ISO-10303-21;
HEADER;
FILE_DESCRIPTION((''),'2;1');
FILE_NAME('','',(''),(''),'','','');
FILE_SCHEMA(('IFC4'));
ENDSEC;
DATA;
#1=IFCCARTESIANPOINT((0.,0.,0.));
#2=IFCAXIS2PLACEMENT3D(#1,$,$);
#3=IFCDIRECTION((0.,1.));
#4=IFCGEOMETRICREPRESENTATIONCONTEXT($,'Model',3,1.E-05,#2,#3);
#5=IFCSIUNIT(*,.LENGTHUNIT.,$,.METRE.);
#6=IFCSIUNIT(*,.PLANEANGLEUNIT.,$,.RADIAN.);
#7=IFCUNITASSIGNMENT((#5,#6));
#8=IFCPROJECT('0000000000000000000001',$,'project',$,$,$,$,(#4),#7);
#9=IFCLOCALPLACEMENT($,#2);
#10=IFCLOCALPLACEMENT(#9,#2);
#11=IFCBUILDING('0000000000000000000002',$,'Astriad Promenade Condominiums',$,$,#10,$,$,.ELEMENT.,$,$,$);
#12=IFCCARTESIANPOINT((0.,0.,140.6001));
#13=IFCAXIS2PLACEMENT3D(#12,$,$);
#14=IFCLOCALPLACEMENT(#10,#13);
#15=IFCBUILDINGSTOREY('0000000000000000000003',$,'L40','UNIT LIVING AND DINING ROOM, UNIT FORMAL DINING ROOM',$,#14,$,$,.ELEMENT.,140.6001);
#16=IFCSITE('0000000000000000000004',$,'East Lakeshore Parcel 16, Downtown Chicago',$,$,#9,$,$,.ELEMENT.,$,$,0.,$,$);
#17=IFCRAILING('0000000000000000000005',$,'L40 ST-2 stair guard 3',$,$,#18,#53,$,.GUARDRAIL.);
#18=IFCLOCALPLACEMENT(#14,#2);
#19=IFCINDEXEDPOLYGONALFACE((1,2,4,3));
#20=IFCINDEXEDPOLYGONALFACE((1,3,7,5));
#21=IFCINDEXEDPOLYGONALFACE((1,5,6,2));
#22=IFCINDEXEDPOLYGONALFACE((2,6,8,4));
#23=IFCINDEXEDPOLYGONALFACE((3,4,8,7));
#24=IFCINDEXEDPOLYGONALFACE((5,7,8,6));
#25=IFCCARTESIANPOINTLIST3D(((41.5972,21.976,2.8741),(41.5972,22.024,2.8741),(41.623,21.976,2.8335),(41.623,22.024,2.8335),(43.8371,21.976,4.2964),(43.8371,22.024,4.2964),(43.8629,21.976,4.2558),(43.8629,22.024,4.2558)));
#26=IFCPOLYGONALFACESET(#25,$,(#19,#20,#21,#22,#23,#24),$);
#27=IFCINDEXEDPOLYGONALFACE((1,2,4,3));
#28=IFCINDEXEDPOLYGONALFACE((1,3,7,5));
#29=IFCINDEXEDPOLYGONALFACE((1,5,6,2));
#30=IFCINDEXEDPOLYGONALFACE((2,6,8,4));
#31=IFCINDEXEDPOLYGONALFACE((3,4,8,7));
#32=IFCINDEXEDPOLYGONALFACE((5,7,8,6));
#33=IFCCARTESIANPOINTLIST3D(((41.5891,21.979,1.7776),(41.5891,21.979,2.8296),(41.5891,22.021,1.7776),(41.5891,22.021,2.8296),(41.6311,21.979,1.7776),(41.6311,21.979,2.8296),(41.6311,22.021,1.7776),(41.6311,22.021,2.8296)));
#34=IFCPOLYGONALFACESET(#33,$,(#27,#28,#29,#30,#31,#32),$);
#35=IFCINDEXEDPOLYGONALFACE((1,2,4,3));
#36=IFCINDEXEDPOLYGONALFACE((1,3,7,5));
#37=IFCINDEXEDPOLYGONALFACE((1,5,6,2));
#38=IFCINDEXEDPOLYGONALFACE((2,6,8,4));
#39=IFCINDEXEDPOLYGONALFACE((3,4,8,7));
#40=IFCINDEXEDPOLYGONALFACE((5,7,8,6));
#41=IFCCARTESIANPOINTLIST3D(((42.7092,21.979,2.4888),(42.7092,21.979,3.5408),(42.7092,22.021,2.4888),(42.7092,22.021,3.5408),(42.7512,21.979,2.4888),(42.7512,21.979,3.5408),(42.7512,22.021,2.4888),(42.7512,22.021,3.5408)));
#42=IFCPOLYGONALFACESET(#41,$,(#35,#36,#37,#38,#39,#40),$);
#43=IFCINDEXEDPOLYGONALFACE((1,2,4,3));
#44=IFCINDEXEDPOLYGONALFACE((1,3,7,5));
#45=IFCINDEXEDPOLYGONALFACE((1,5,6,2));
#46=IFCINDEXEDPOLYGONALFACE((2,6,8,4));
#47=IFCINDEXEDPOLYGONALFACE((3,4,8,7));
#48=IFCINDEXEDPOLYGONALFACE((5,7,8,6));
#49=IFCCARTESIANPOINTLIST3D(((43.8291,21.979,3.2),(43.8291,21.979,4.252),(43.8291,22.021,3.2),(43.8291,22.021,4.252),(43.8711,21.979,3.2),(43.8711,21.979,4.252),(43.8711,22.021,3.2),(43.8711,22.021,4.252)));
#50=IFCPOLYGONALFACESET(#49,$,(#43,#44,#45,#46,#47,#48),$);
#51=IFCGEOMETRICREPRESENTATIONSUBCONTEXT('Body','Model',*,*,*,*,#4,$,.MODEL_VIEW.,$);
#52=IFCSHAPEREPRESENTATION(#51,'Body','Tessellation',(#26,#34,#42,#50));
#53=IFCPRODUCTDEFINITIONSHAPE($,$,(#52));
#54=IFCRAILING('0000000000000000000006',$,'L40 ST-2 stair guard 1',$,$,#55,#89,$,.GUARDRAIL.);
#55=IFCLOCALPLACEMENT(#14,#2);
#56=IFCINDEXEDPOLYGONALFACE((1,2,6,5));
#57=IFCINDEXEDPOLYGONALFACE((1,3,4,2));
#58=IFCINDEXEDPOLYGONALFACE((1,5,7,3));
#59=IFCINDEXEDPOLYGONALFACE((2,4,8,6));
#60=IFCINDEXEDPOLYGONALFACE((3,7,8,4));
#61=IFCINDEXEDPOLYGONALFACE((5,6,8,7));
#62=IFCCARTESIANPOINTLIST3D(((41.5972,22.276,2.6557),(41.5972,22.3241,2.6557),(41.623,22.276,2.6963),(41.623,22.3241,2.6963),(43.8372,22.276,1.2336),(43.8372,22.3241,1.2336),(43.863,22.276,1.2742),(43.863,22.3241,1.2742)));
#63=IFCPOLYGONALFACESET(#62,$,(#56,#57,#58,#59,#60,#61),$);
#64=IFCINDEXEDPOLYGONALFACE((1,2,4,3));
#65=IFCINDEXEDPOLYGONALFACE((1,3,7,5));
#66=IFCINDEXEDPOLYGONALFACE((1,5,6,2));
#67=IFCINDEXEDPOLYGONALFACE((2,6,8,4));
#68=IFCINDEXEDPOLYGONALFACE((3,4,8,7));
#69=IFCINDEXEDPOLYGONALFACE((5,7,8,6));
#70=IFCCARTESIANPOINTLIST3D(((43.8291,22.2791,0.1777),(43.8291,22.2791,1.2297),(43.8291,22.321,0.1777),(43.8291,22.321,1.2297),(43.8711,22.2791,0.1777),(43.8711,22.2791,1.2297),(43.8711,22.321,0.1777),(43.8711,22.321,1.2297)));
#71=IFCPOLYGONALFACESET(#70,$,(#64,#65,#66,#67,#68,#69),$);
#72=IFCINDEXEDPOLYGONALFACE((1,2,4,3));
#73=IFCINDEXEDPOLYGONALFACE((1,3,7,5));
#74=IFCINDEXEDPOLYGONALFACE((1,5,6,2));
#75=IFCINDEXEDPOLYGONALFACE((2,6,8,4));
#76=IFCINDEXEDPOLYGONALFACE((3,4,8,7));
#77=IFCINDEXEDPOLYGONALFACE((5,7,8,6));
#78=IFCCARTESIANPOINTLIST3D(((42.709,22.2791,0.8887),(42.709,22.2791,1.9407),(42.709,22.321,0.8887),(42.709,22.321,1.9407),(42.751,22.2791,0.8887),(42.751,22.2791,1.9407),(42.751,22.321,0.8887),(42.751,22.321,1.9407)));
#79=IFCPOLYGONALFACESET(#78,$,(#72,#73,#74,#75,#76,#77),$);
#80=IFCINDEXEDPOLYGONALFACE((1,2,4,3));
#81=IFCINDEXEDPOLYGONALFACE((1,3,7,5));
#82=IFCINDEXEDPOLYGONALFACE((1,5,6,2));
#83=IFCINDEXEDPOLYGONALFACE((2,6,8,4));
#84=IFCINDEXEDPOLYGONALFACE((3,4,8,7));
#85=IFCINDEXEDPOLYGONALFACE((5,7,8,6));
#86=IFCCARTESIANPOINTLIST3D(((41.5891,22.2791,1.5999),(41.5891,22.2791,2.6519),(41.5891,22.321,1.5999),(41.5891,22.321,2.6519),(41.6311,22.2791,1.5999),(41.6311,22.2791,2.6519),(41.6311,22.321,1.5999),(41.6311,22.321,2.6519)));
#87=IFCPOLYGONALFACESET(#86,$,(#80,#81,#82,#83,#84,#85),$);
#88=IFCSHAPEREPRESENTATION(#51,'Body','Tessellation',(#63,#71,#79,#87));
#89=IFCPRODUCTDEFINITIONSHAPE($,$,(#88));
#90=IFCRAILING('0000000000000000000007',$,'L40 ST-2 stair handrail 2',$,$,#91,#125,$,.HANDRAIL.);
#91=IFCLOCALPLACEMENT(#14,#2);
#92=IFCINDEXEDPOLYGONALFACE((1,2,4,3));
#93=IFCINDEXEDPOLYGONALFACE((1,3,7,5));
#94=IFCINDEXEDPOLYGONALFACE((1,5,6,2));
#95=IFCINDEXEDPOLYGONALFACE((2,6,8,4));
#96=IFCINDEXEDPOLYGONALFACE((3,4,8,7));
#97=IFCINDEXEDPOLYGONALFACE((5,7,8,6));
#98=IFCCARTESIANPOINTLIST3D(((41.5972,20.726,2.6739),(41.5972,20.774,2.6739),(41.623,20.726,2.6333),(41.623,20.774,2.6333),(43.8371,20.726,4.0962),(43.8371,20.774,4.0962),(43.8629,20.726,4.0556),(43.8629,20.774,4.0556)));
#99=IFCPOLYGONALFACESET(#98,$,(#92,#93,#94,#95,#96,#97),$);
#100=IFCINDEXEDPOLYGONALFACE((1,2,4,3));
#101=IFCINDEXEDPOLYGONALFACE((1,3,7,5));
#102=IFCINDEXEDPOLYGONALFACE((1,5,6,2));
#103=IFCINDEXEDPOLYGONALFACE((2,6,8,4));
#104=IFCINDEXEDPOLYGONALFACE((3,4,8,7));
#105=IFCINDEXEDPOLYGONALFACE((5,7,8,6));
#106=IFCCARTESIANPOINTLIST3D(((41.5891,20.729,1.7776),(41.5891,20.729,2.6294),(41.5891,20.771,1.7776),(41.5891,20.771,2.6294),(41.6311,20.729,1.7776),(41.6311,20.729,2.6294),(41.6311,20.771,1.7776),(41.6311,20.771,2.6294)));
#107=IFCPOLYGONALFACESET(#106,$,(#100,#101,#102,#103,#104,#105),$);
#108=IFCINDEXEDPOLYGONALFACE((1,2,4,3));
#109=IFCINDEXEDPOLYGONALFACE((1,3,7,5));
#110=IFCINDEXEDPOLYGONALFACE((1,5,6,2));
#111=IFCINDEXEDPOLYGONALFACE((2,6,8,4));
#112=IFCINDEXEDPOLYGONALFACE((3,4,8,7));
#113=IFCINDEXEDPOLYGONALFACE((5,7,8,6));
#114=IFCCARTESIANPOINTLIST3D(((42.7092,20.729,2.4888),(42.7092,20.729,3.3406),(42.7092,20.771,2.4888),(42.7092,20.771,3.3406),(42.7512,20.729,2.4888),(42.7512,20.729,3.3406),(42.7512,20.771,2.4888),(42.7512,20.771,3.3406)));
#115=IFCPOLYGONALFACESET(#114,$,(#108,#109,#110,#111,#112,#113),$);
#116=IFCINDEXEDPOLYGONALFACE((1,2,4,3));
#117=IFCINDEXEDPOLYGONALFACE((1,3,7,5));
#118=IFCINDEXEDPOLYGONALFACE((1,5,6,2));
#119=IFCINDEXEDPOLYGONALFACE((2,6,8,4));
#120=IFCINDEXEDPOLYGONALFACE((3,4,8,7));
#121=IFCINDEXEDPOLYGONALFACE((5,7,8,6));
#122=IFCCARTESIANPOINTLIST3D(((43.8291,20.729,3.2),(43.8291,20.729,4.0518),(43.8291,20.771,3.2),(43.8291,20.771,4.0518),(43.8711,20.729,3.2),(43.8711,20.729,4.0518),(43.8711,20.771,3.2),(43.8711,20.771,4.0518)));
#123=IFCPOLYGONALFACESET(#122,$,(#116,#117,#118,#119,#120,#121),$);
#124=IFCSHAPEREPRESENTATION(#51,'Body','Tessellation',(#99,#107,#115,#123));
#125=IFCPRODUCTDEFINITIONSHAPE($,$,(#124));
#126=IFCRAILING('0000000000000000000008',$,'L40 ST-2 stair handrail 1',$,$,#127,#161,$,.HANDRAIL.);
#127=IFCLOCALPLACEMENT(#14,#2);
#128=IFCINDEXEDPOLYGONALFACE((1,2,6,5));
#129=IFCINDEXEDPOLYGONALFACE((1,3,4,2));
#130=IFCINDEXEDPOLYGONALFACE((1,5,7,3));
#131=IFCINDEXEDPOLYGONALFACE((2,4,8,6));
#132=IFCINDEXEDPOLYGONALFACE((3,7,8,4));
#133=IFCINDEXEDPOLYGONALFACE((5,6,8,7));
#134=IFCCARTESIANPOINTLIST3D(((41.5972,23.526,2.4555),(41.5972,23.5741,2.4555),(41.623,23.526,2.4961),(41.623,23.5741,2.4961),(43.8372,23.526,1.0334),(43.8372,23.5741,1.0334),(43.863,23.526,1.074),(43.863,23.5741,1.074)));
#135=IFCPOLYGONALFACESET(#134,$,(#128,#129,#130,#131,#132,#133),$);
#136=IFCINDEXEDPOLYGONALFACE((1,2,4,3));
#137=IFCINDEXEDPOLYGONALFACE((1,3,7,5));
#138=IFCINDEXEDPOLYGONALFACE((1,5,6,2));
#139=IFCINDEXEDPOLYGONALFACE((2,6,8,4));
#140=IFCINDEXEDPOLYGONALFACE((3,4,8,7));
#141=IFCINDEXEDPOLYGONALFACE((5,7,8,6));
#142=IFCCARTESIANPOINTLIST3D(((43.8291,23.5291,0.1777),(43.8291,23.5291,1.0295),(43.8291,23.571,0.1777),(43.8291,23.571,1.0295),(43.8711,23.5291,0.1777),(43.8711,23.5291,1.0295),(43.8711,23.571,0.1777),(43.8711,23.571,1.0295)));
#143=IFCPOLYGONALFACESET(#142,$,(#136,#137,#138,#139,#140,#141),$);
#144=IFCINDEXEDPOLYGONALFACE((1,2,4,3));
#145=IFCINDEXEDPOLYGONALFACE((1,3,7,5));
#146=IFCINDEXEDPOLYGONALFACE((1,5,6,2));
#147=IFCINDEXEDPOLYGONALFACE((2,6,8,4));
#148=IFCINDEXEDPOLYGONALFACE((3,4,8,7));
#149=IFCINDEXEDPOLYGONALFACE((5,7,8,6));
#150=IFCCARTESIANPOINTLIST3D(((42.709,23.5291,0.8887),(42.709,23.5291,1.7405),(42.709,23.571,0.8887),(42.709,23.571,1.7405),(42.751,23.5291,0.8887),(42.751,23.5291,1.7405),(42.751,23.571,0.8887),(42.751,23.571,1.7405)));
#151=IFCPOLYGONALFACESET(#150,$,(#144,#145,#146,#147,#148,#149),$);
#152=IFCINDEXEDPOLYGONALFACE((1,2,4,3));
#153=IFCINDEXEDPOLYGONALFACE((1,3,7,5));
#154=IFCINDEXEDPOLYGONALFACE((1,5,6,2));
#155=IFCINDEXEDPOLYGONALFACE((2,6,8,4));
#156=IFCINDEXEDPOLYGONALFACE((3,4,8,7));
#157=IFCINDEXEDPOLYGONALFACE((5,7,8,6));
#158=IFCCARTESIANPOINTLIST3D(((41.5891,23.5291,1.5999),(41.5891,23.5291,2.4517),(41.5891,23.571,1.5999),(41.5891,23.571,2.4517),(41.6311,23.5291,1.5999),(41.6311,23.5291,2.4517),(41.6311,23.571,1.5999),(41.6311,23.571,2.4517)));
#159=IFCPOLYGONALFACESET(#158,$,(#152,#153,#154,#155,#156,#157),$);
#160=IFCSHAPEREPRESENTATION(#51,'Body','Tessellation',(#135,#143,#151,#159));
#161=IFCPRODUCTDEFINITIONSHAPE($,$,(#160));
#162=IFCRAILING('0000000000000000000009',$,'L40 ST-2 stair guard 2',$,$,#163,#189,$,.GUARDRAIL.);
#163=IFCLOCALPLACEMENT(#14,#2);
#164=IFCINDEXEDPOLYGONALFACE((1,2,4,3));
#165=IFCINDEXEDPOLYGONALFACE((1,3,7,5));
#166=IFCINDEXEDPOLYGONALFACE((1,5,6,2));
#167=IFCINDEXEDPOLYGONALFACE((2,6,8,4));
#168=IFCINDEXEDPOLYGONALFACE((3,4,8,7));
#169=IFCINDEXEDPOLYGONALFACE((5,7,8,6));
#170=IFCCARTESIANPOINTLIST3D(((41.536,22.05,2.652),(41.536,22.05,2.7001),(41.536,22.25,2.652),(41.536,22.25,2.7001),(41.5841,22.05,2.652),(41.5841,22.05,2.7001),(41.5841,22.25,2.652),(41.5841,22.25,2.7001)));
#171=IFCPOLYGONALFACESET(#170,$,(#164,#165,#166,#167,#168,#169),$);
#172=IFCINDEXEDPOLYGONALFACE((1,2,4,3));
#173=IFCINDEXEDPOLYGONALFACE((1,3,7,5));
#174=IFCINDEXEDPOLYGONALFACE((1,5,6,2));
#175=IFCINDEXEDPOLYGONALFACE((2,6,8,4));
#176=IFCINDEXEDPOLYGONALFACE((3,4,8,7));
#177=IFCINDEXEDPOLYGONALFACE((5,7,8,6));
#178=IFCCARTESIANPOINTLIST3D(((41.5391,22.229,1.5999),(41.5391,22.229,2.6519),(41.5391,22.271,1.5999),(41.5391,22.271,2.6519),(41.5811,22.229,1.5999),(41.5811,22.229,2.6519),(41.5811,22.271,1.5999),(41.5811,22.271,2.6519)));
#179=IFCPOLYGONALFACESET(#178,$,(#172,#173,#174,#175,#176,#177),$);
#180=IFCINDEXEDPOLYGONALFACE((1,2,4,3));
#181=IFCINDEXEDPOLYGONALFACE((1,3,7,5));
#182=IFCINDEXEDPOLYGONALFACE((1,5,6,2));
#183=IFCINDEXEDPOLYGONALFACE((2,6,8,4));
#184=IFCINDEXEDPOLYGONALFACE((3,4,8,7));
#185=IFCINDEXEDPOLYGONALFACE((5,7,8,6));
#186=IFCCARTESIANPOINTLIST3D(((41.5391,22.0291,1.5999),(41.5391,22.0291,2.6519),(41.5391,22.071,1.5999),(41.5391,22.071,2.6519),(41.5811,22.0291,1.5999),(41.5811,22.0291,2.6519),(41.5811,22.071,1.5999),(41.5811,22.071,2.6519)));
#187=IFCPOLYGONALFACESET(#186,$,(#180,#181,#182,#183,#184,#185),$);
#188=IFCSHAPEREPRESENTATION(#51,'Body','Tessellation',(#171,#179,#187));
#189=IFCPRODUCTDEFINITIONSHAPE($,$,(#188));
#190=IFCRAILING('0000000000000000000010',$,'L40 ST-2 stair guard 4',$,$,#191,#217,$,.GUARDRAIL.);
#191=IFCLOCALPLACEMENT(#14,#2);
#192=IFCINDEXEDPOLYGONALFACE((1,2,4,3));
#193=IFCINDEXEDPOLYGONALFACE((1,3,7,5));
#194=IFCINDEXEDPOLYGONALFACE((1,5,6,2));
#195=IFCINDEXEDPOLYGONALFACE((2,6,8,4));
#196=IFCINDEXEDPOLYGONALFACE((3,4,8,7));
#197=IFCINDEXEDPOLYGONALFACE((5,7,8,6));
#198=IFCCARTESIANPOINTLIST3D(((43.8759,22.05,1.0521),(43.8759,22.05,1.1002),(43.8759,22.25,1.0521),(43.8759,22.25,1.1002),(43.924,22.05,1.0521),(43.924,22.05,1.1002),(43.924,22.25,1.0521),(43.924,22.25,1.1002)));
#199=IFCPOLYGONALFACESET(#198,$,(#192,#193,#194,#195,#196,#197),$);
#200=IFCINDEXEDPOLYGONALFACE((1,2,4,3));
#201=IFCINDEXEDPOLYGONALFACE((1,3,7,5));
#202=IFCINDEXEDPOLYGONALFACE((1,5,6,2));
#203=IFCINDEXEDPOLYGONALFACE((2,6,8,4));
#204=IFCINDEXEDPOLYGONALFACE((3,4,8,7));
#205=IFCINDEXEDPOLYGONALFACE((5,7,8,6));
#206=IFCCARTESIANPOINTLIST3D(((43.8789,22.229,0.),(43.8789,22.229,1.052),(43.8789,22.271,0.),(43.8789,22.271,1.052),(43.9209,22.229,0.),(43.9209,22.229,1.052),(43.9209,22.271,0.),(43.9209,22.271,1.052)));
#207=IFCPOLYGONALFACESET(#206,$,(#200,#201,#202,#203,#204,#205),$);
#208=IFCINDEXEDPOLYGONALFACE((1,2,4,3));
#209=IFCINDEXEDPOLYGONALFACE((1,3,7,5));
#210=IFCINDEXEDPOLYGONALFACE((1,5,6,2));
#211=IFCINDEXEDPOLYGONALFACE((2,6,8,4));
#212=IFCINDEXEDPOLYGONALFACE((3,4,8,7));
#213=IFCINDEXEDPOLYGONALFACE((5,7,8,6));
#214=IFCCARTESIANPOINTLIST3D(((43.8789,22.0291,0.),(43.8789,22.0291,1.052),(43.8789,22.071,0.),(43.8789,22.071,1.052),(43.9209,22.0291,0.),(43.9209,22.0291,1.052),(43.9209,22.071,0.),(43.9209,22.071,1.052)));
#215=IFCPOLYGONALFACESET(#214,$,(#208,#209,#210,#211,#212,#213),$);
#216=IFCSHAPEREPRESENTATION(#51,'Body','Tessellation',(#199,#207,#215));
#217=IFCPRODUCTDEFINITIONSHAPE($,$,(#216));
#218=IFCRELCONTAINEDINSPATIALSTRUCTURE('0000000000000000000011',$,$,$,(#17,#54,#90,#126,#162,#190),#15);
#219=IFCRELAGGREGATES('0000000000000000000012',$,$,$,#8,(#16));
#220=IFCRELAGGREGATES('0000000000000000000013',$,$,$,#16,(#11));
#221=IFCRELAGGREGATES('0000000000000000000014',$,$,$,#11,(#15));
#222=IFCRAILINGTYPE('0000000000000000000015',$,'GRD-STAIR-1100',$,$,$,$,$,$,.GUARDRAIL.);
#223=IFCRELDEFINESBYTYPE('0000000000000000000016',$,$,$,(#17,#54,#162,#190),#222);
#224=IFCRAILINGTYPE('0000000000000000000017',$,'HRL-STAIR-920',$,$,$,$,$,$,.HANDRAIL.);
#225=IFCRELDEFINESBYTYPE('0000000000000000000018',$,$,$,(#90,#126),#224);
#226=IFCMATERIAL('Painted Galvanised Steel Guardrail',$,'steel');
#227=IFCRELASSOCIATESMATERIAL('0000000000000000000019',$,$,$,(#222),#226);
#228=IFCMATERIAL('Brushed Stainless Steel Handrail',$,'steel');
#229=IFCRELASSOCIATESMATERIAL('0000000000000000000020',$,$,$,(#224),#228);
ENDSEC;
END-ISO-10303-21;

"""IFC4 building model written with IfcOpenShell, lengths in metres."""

from ifc_helpers import new_model, si_unit, direction, frame, origin, origin_2d, place, context, subcontext, project, spatial, rectangle, extrude, source, transform, mapped, material, type_object, type_shapes, element, save


model = new_model("IFC4")

# Units and contexts
model_context = context("Model", 3, precision=1e-05, world=origin(), true_north=direction((0.0, 1.0)))
body_context = subcontext(model_context, "Body", "Model", "MODEL_VIEW")
ifc_project = project(units=[si_unit("LENGTHUNIT", "METRE"), si_unit("PLANEANGLEUNIT", "RADIAN")], contexts=[model_context])

# Site, building, storey
site_placement = place(None, origin())
site = spatial("IfcSite", under=ifc_project, at=site_placement, Name="East Lakeshore Parcel 16, Downtown Chicago", CompositionType="ELEMENT", RefElevation=0.0)
building_placement = place(site_placement, origin())
building = spatial("IfcBuilding", under=site, at=building_placement, Name="Astriad Promenade Condominiums", CompositionType="ELEMENT")
storey_placement = place(building_placement, frame((0.0, 0.0, 140.6001)))
storey = spatial("IfcBuildingStorey", under=building, at=storey_placement, Name="L40", Description="UNIT LIVING AND DINING ROOM, UNIT FORMAL DINING ROOM", CompositionType="ELEMENT", Elevation=140.6001)

# Railings
ifc_material_1 = material(Name="Painted Galvanised Steel Guardrail", Category="steel")
railing_type_1 = type_object("IfcRailingType", Name="GRD-STAIR-1100", PredefinedType="GUARDRAIL", material=ifc_material_1)
shared_shape_1 = source(origin(), body_context, "Body", "SweptSolid", [
    extrude(rectangle(XDim=0.0481, YDim=0.0481, at=origin_2d()), frame((0.0, 0.0, 1.0762), z_axis=(0.844188, 0.0, 0.536048), x_axis=(0.0, 1.0, 0.0)), (0.0, 0.0, 1.0), 2.6533),
    extrude(rectangle(XDim=0.042, YDim=0.042, at=origin_2d()), origin(), (0.0, 0.0, 1.0), 1.052),
    extrude(rectangle(XDim=0.042, YDim=0.042, at=origin_2d()), frame((1.1201, 0.0, 0.7112)), (0.0, 0.0, 1.0), 1.052),
    extrude(rectangle(XDim=0.042, YDim=0.042, at=origin_2d()), frame((2.24, 0.0, 1.4224)), (0.0, 0.0, 1.0), 1.052),
])
railing_1_placement = place(storey_placement, frame((41.6101, 22.0, 1.7776)))
element("IfcRailing", 1, at=railing_1_placement, inside=storey, type_object=railing_type_1, Name="L40 ST-2 stair guard 3", PredefinedType="GUARDRAIL", context=body_context, shape_type="MappedRepresentation", body=[
    mapped(shared_shape_1, transform((0.0, 0.0, 0.0), scale=1.0)),
])
shared_shape_2 = source(origin(), body_context, "Body", "SweptSolid", [
    extrude(rectangle(XDim=0.0481, YDim=0.0481, at=origin_2d()), frame((0.0, 0.0, 1.0762), z_axis=(-0.844229, 0.0, 0.535982), x_axis=(0.0, -1.0, 0.0)), (0.0, 0.0, 1.0), 2.6533),
    extrude(rectangle(XDim=0.042, YDim=0.042, at=origin_2d()), origin(), (0.0, 0.0, 1.0), 1.052),
    extrude(rectangle(XDim=0.042, YDim=0.042, at=origin_2d()), frame((-1.1201, 0.0, 0.7109)), (0.0, 0.0, 1.0), 1.052),
    extrude(rectangle(XDim=0.042, YDim=0.042, at=origin_2d()), frame((-2.24, 0.0, 1.4221)), (0.0, 0.0, 1.0), 1.052),
])
railing_2_placement = place(storey_placement, frame((43.8501, 22.3, 0.1777)))
element("IfcRailing", 2, at=railing_2_placement, inside=storey, type_object=railing_type_1, Name="L40 ST-2 stair guard 1", PredefinedType="GUARDRAIL", context=body_context, shape_type="MappedRepresentation", body=[
    mapped(shared_shape_2, transform((0.0, 0.0, 0.0), scale=1.0)),
])
ifc_material_2 = material(Name="Brushed Stainless Steel Handrail", Category="steel")
railing_type_2 = type_object("IfcRailingType", Name="HRL-STAIR-920", PredefinedType="HANDRAIL", material=ifc_material_2)
shared_shape_3 = source(origin(), body_context, "Body", "SweptSolid", [
    extrude(rectangle(XDim=0.0481, YDim=0.0481, at=origin_2d()), frame((0.0, 0.0, 0.876), z_axis=(0.844188, 0.0, 0.536048), x_axis=(0.0, 1.0, 0.0)), (0.0, 0.0, 1.0), 2.6533),
    extrude(rectangle(XDim=0.042, YDim=0.042, at=origin_2d()), origin(), (0.0, 0.0, 1.0), 0.8518),
    extrude(rectangle(XDim=0.042, YDim=0.042, at=origin_2d()), frame((1.1201, 0.0, 0.7112)), (0.0, 0.0, 1.0), 0.8518),
    extrude(rectangle(XDim=0.042, YDim=0.042, at=origin_2d()), frame((2.24, 0.0, 1.4224)), (0.0, 0.0, 1.0), 0.8518),
])
railing_3_placement = place(storey_placement, frame((41.6101, 20.75, 1.7776)))
element("IfcRailing", 3, at=railing_3_placement, inside=storey, type_object=railing_type_2, Name="L40 ST-2 stair handrail 2", PredefinedType="HANDRAIL", context=body_context, shape_type="MappedRepresentation", body=[
    mapped(shared_shape_3, transform((0.0, 0.0, 0.0), scale=1.0)),
])
shared_shape_4 = source(origin(), body_context, "Body", "SweptSolid", [
    extrude(rectangle(XDim=0.0481, YDim=0.0481, at=origin_2d()), frame((0.0, 0.0, 0.876), z_axis=(-0.844229, 0.0, 0.535982), x_axis=(0.0, -1.0, 0.0)), (0.0, 0.0, 1.0), 2.6533),
    extrude(rectangle(XDim=0.042, YDim=0.042, at=origin_2d()), origin(), (0.0, 0.0, 1.0), 0.8518),
    extrude(rectangle(XDim=0.042, YDim=0.042, at=origin_2d()), frame((-1.1201, 0.0, 0.7109)), (0.0, 0.0, 1.0), 0.8518),
    extrude(rectangle(XDim=0.042, YDim=0.042, at=origin_2d()), frame((-2.24, 0.0, 1.4221)), (0.0, 0.0, 1.0), 0.8518),
])
type_shapes(railing_type_2, [shared_shape_3, shared_shape_4])
railing_4_placement = place(storey_placement, frame((43.8501, 23.55, 0.1777)))
element("IfcRailing", 4, at=railing_4_placement, inside=storey, type_object=railing_type_2, Name="L40 ST-2 stair handrail 1", PredefinedType="HANDRAIL", context=body_context, shape_type="MappedRepresentation", body=[
    mapped(shared_shape_4, transform((0.0, 0.0, 0.0), scale=1.0)),
])
shared_shape_5 = source(origin(), body_context, "Body", "SweptSolid", [
    extrude(rectangle(XDim=0.0481, YDim=0.0481, at=origin_2d()), frame((0.0, 0.0, 1.0762), z_axis=(0.0, -1.0, 0.0), x_axis=(1.0, 0.0, 0.0)), (0.0, 0.0, 1.0), 0.2),
    extrude(rectangle(XDim=0.042, YDim=0.042, at=origin_2d()), origin(), (0.0, 0.0, 1.0), 1.052),
    extrude(rectangle(XDim=0.042, YDim=0.042, at=origin_2d()), frame((0.0, -0.2, 0.0)), (0.0, 0.0, 1.0), 1.052),
])
type_shapes(railing_type_1, [shared_shape_1, shared_shape_2, shared_shape_5])
for number, where, name in (
    (5, (41.5601, 22.25, 1.5999), "L40 ST-2 stair guard 2"),
    (6, (43.8999, 22.25, 0.0), "L40 ST-2 stair guard 4"),
):
    element("IfcRailing", number, at=place(storey_placement, frame(where)), inside=storey, type_object=railing_type_1, Name=name, PredefinedType="GUARDRAIL", context=body_context, shape_type="MappedRepresentation", body=[
        mapped(shared_shape_5, transform((0.0, 0.0, 0.0), scale=1.0)),
    ])

save(model, "model.ifc")
